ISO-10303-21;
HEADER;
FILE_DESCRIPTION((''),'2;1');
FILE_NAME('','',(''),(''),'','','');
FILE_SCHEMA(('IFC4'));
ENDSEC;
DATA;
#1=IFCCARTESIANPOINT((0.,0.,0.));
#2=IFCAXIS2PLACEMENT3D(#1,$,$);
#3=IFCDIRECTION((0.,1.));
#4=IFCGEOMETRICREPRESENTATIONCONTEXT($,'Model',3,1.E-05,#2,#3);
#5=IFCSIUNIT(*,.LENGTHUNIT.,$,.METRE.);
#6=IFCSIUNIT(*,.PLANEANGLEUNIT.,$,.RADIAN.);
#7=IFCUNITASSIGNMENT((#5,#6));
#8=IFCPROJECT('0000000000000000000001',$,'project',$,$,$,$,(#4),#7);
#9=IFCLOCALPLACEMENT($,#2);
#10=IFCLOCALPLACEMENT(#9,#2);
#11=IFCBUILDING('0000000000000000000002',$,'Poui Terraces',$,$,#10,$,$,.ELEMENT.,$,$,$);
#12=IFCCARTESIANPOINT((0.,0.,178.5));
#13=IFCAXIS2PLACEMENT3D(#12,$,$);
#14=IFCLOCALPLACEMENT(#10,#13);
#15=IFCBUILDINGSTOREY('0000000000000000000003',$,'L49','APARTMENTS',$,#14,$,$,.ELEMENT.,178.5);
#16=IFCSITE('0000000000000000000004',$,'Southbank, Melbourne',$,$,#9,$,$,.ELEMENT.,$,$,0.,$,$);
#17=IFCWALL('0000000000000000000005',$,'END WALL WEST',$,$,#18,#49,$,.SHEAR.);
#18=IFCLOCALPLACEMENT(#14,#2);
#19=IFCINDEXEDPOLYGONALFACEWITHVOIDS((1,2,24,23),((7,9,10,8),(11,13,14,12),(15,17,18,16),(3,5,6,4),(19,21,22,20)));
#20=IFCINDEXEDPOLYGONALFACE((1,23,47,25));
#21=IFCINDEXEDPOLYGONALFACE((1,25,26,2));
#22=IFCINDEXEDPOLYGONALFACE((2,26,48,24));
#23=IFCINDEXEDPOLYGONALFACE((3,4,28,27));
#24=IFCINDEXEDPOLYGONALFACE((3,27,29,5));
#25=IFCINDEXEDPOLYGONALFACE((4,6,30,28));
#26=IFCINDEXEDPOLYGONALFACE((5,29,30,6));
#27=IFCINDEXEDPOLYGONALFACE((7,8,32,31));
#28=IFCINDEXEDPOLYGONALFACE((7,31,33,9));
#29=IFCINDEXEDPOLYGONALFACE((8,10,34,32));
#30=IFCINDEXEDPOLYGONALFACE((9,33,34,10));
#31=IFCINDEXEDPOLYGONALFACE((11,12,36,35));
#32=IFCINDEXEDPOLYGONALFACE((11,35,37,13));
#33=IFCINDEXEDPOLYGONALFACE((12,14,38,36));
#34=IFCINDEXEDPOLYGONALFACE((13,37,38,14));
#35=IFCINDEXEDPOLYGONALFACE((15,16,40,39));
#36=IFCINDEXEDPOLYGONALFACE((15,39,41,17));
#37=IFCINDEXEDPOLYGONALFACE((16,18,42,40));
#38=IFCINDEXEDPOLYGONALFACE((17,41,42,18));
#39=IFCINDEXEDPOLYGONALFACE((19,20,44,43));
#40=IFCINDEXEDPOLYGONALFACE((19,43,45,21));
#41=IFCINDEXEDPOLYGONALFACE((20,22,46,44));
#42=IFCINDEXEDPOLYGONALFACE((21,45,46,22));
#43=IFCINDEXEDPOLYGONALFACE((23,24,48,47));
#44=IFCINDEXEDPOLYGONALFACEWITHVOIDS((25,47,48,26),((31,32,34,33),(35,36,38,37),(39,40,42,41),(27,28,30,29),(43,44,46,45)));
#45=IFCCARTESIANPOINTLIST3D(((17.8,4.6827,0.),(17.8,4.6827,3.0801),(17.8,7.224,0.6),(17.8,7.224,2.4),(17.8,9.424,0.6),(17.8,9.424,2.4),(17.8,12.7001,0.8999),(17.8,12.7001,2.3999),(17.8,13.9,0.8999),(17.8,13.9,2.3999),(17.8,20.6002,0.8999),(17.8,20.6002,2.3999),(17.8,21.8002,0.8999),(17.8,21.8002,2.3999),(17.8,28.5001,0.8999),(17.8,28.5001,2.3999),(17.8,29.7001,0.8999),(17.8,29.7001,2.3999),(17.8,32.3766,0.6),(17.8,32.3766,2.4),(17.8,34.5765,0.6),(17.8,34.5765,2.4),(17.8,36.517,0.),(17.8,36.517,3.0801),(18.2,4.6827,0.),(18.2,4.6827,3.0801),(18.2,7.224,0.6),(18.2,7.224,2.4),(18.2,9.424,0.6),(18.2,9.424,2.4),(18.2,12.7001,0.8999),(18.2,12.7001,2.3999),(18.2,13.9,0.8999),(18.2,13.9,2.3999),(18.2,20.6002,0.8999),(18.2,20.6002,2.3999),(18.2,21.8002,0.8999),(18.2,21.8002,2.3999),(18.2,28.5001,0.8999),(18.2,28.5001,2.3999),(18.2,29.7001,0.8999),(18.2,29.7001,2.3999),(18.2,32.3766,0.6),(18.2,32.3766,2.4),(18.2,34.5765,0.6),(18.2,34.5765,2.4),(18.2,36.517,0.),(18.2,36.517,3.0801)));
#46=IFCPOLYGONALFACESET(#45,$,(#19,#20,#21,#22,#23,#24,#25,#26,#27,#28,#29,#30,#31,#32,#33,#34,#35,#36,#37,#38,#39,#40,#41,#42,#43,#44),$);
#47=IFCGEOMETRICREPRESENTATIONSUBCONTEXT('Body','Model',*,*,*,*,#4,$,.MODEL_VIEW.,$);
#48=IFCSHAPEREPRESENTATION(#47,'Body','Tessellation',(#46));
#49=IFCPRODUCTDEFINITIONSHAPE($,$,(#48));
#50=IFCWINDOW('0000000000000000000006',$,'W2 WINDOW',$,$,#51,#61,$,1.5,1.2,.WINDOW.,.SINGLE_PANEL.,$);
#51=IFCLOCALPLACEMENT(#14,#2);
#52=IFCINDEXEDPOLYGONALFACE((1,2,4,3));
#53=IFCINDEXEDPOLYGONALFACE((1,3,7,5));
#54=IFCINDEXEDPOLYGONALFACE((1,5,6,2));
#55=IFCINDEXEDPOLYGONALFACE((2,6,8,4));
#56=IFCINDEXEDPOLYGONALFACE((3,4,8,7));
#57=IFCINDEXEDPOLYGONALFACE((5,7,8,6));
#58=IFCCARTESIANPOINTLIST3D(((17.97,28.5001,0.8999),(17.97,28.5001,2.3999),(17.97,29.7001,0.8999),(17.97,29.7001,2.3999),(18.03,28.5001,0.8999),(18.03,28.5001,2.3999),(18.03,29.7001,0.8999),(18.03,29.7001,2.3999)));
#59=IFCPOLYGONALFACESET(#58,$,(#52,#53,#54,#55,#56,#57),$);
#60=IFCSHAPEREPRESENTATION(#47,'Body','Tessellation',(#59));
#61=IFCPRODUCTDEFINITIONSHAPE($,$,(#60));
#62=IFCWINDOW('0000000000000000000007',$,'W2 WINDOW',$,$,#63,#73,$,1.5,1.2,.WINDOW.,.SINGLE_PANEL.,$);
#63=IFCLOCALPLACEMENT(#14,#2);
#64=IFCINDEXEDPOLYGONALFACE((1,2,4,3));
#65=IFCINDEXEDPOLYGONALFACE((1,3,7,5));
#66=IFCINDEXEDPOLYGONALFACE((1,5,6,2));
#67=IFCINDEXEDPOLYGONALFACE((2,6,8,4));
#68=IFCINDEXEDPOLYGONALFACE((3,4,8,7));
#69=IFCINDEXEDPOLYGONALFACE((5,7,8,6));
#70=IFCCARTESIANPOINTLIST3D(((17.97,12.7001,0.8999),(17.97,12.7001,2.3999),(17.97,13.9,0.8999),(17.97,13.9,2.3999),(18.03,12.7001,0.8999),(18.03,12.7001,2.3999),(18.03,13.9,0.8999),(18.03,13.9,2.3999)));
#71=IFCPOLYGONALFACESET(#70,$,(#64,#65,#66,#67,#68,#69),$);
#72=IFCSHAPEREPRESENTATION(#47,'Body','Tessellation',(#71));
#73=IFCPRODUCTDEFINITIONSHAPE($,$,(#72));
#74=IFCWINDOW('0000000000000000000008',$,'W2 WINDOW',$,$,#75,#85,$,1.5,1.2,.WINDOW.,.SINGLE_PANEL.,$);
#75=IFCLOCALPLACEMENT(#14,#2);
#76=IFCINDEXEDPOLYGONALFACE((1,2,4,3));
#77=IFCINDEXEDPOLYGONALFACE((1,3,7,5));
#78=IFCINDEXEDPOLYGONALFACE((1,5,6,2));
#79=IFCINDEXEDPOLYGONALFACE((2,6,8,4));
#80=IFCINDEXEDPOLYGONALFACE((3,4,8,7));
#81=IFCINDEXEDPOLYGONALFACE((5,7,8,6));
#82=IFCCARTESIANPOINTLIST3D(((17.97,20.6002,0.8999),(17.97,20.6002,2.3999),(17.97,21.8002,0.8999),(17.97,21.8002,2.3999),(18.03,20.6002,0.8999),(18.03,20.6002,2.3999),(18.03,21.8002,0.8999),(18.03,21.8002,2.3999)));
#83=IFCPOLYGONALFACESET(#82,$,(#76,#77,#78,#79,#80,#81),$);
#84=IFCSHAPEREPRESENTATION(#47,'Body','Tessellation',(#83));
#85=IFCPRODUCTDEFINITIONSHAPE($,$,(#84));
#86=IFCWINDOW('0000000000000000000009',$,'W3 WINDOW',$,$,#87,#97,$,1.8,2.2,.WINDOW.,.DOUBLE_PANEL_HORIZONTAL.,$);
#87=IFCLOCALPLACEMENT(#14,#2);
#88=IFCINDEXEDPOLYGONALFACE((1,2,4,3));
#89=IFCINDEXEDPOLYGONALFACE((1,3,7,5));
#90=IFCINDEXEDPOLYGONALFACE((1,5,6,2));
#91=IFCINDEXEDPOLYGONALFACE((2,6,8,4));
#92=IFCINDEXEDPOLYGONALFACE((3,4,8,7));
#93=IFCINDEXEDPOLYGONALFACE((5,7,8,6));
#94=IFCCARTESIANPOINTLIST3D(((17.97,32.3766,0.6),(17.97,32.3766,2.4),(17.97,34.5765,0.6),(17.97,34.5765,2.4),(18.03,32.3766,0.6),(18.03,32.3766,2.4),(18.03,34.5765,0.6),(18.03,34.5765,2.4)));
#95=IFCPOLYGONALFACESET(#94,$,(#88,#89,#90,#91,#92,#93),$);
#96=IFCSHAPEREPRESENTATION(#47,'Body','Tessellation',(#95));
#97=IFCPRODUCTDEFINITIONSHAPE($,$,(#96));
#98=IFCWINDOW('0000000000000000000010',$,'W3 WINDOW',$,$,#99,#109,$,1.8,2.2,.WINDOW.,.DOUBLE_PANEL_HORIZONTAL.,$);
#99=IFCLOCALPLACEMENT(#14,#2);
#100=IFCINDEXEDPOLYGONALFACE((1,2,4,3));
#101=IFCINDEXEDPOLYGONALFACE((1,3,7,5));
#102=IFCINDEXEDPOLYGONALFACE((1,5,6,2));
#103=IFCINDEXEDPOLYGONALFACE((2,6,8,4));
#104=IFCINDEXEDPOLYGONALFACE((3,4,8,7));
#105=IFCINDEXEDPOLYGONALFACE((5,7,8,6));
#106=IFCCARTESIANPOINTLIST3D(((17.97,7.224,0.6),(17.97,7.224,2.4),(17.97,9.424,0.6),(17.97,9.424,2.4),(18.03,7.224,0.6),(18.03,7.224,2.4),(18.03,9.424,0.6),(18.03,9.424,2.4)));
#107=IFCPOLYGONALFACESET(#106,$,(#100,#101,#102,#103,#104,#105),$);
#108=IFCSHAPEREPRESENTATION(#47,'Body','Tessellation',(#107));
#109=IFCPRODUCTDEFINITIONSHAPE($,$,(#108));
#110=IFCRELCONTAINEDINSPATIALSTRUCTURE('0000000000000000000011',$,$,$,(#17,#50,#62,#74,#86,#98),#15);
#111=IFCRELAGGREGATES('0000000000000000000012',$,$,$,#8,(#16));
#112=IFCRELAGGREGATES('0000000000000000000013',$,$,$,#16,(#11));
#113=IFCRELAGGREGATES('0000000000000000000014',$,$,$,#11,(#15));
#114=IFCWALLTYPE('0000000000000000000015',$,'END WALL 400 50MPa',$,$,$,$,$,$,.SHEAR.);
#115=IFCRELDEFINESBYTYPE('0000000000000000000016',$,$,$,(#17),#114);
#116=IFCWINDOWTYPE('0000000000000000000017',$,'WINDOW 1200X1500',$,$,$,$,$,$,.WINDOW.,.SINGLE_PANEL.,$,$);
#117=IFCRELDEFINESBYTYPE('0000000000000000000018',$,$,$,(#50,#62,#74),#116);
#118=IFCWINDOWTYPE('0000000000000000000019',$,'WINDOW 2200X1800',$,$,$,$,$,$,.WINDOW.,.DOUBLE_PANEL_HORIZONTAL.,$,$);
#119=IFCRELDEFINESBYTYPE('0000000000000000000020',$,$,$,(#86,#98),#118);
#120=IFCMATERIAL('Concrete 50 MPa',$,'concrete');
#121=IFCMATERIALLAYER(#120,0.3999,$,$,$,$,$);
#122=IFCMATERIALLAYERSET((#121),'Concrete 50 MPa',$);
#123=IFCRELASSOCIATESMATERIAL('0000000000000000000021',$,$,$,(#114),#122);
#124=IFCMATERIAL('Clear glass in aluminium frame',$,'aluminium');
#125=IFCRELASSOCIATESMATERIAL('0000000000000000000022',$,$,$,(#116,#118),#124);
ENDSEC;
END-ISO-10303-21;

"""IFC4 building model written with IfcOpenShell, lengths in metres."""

from ifc_helpers import new_model, si_unit, direction, frame, frame_2d, origin, place, context, subcontext, project, spatial, rectangle, extrude, material, layer, layer_set, type_object, element, fill, save


model = new_model("IFC4")

# Units and contexts
model_context = context("Model", 3, precision=1e-05, world=origin(), true_north=direction((0.0, 1.0)))
body_context = subcontext(model_context, "Body", "Model", "MODEL_VIEW")
ifc_project = project(units=[si_unit("LENGTHUNIT", "METRE"), si_unit("PLANEANGLEUNIT", "RADIAN")], contexts=[model_context])

# Site, building, storey
site_placement = place(None, origin())
site = spatial("IfcSite", under=ifc_project, at=site_placement, Name="Southbank, Melbourne", CompositionType="ELEMENT", RefElevation=0.0)
building_placement = place(site_placement, origin())
building = spatial("IfcBuilding", under=site, at=building_placement, Name="Poui Terraces", CompositionType="ELEMENT")
storey_placement = place(building_placement, frame((0.0, 0.0, 178.5)))
storey = spatial("IfcBuildingStorey", under=building, at=storey_placement, Name="L49", Description="APARTMENTS", CompositionType="ELEMENT", Elevation=178.5)

# Wall, openings, windows
ifc_material_1 = material(Name="Concrete 50 MPa", Category="concrete")
ifc_layer = layer(ifc_material_1, 0.3999)
ifc_layer_set = layer_set([ifc_layer], Name="Concrete 50 MPa")
wall_type = type_object("IfcWallType", Name="END WALL 400 50MPa", PredefinedType="SHEAR", material=ifc_layer_set)
wall_placement = place(storey_placement, frame((18.0, 4.6829, 0.0), z_axis=(0.0, 0.0, 1.0), x_axis=(0.0, 1.0, 0.0)))
wall = element("IfcWall", 1, at=wall_placement, inside=storey, type_object=wall_type, Name="END WALL WEST", PredefinedType="SHEAR", context=body_context, shape_type="SweptSolid", body=[
    extrude(rectangle(XDim=31.8342, YDim=0.3999, at=frame_2d((15.917, 0.0))), origin(), (0.0, 0.0, 1.0), 3.0801),
])
opening_1_placement = place(wall_placement, frame((23.8171, 0.0, 0.8999)))
opening_1 = element("IfcOpeningElement", 2, at=opening_1_placement, cuts=wall, PredefinedType="OPENING", context=body_context, shape_type="SweptSolid", body=[
    extrude(rectangle(XDim=1.2, YDim=1.5, at=frame_2d((0.6001, 0.75))), frame((0.0, 0.21, 0.0), z_axis=(0.0, -1.0, 0.0), x_axis=(1.0, 0.0, 0.0)), (0.0, 0.0, 1.0), 0.4199),
])
opening_2_placement = place(wall_placement, frame((8.0171, 0.0, 0.8999)))
opening_2 = element("IfcOpeningElement", 3, at=opening_2_placement, cuts=wall, PredefinedType="OPENING", context=body_context, shape_type="SweptSolid", body=[
    extrude(rectangle(XDim=1.2, YDim=1.5, at=frame_2d((0.6001, 0.75))), frame((0.0, 0.21, 0.0), z_axis=(0.0, -1.0, 0.0), x_axis=(1.0, 0.0, 0.0)), (0.0, 0.0, 1.0), 0.4199),
])
opening_3_placement = place(wall_placement, frame((27.6936, 0.0, 0.6001)))
opening_3 = element("IfcOpeningElement", 4, at=opening_3_placement, cuts=wall, PredefinedType="OPENING", context=body_context, shape_type="SweptSolid", body=[
    extrude(rectangle(XDim=2.2, YDim=1.8, at=frame_2d((1.1001, 0.8999))), frame((0.0, 0.21, 0.0), z_axis=(0.0, -1.0, 0.0), x_axis=(1.0, 0.0, 0.0)), (0.0, 0.0, 1.0), 0.4199),
])
opening_4_placement = place(wall_placement, frame((2.541, 0.0, 0.6001)))
opening_4 = element("IfcOpeningElement", 5, at=opening_4_placement, cuts=wall, PredefinedType="OPENING", context=body_context, shape_type="SweptSolid", body=[
    extrude(rectangle(XDim=2.2, YDim=1.8, at=frame_2d((1.1001, 0.8999))), frame((0.0, 0.21, 0.0), z_axis=(0.0, -1.0, 0.0), x_axis=(1.0, 0.0, 0.0)), (0.0, 0.0, 1.0), 0.4199),
])
opening_5_placement = place(wall_placement, frame((15.9172, 0.0, 0.8999)))
opening_5 = element("IfcOpeningElement", 6, at=opening_5_placement, cuts=wall, PredefinedType="OPENING", context=body_context, shape_type="SweptSolid", body=[
    extrude(rectangle(XDim=1.2, YDim=1.5, at=frame_2d((0.6001, 0.75))), frame((0.0, 0.21, 0.0), z_axis=(0.0, -1.0, 0.0), x_axis=(1.0, 0.0, 0.0)), (0.0, 0.0, 1.0), 0.4199),
])
ifc_material_2 = material(Name="Clear glass in aluminium frame", Category="aluminium")
window_type_1 = type_object("IfcWindowType", Name="WINDOW 1200X1500", PartitioningType="SINGLE_PANEL", PredefinedType="WINDOW", material=ifc_material_2)
window_1_placement = place(opening_1_placement, origin())
window_1 = element("IfcWindow", 7, at=window_1_placement, inside=storey, type_object=window_type_1, Name="W2 WINDOW", OverallHeight=1.5, OverallWidth=1.2, PartitioningType="SINGLE_PANEL", PredefinedType="WINDOW", context=body_context, shape_type="SweptSolid", body=[
    extrude(rectangle(XDim=1.2, YDim=1.5, at=frame_2d((0.6001, 0.75))), frame((0.0, 0.03, 0.0), z_axis=(0.0, -1.0, 0.0), x_axis=(1.0, 0.0, 0.0)), (0.0, 0.0, 1.0), 0.0601),
])
fill(opening_1, window_1)
window_2_placement = place(opening_2_placement, origin())
window_2 = element("IfcWindow", 8, at=window_2_placement, inside=storey, type_object=window_type_1, Name="W2 WINDOW", OverallHeight=1.5, OverallWidth=1.2, PartitioningType="SINGLE_PANEL", PredefinedType="WINDOW", context=body_context, shape_type="SweptSolid", body=[
    extrude(rectangle(XDim=1.2, YDim=1.5, at=frame_2d((0.6001, 0.75))), frame((0.0, 0.03, 0.0), z_axis=(0.0, -1.0, 0.0), x_axis=(1.0, 0.0, 0.0)), (0.0, 0.0, 1.0), 0.0601),
])
fill(opening_2, window_2)
window_3_placement = place(opening_5_placement, origin())
window_3 = element("IfcWindow", 9, at=window_3_placement, inside=storey, type_object=window_type_1, Name="W2 WINDOW", OverallHeight=1.5, OverallWidth=1.2, PartitioningType="SINGLE_PANEL", PredefinedType="WINDOW", context=body_context, shape_type="SweptSolid", body=[
    extrude(rectangle(XDim=1.2, YDim=1.5, at=frame_2d((0.6001, 0.75))), frame((0.0, 0.03, 0.0), z_axis=(0.0, -1.0, 0.0), x_axis=(1.0, 0.0, 0.0)), (0.0, 0.0, 1.0), 0.0601),
])
fill(opening_5, window_3)
window_type_2 = type_object("IfcWindowType", Name="WINDOW 2200X1800", PartitioningType="DOUBLE_PANEL_HORIZONTAL", PredefinedType="WINDOW", material=ifc_material_2)
window_4_placement = place(opening_3_placement, origin())
window_4 = element("IfcWindow", 10, at=window_4_placement, inside=storey, type_object=window_type_2, Name="W3 WINDOW", OverallHeight=1.8, OverallWidth=2.2, PartitioningType="DOUBLE_PANEL_HORIZONTAL", PredefinedType="WINDOW", context=body_context, shape_type="SweptSolid", body=[
    extrude(rectangle(XDim=2.2, YDim=1.8, at=frame_2d((1.1001, 0.8999))), frame((0.0, 0.03, 0.0), z_axis=(0.0, -1.0, 0.0), x_axis=(1.0, 0.0, 0.0)), (0.0, 0.0, 1.0), 0.0601),
])
fill(opening_3, window_4)
window_5_placement = place(opening_4_placement, origin())
window_5 = element("IfcWindow", 11, at=window_5_placement, inside=storey, type_object=window_type_2, Name="W3 WINDOW", OverallHeight=1.8, OverallWidth=2.2, PartitioningType="DOUBLE_PANEL_HORIZONTAL", PredefinedType="WINDOW", context=body_context, shape_type="SweptSolid", body=[
    extrude(rectangle(XDim=2.2, YDim=1.8, at=frame_2d((1.1001, 0.8999))), frame((0.0, 0.03, 0.0), z_axis=(0.0, -1.0, 0.0), x_axis=(1.0, 0.0, 0.0)), (0.0, 0.0, 1.0), 0.0601),
])
fill(opening_4, window_5)

save(model, "model.ifc")
